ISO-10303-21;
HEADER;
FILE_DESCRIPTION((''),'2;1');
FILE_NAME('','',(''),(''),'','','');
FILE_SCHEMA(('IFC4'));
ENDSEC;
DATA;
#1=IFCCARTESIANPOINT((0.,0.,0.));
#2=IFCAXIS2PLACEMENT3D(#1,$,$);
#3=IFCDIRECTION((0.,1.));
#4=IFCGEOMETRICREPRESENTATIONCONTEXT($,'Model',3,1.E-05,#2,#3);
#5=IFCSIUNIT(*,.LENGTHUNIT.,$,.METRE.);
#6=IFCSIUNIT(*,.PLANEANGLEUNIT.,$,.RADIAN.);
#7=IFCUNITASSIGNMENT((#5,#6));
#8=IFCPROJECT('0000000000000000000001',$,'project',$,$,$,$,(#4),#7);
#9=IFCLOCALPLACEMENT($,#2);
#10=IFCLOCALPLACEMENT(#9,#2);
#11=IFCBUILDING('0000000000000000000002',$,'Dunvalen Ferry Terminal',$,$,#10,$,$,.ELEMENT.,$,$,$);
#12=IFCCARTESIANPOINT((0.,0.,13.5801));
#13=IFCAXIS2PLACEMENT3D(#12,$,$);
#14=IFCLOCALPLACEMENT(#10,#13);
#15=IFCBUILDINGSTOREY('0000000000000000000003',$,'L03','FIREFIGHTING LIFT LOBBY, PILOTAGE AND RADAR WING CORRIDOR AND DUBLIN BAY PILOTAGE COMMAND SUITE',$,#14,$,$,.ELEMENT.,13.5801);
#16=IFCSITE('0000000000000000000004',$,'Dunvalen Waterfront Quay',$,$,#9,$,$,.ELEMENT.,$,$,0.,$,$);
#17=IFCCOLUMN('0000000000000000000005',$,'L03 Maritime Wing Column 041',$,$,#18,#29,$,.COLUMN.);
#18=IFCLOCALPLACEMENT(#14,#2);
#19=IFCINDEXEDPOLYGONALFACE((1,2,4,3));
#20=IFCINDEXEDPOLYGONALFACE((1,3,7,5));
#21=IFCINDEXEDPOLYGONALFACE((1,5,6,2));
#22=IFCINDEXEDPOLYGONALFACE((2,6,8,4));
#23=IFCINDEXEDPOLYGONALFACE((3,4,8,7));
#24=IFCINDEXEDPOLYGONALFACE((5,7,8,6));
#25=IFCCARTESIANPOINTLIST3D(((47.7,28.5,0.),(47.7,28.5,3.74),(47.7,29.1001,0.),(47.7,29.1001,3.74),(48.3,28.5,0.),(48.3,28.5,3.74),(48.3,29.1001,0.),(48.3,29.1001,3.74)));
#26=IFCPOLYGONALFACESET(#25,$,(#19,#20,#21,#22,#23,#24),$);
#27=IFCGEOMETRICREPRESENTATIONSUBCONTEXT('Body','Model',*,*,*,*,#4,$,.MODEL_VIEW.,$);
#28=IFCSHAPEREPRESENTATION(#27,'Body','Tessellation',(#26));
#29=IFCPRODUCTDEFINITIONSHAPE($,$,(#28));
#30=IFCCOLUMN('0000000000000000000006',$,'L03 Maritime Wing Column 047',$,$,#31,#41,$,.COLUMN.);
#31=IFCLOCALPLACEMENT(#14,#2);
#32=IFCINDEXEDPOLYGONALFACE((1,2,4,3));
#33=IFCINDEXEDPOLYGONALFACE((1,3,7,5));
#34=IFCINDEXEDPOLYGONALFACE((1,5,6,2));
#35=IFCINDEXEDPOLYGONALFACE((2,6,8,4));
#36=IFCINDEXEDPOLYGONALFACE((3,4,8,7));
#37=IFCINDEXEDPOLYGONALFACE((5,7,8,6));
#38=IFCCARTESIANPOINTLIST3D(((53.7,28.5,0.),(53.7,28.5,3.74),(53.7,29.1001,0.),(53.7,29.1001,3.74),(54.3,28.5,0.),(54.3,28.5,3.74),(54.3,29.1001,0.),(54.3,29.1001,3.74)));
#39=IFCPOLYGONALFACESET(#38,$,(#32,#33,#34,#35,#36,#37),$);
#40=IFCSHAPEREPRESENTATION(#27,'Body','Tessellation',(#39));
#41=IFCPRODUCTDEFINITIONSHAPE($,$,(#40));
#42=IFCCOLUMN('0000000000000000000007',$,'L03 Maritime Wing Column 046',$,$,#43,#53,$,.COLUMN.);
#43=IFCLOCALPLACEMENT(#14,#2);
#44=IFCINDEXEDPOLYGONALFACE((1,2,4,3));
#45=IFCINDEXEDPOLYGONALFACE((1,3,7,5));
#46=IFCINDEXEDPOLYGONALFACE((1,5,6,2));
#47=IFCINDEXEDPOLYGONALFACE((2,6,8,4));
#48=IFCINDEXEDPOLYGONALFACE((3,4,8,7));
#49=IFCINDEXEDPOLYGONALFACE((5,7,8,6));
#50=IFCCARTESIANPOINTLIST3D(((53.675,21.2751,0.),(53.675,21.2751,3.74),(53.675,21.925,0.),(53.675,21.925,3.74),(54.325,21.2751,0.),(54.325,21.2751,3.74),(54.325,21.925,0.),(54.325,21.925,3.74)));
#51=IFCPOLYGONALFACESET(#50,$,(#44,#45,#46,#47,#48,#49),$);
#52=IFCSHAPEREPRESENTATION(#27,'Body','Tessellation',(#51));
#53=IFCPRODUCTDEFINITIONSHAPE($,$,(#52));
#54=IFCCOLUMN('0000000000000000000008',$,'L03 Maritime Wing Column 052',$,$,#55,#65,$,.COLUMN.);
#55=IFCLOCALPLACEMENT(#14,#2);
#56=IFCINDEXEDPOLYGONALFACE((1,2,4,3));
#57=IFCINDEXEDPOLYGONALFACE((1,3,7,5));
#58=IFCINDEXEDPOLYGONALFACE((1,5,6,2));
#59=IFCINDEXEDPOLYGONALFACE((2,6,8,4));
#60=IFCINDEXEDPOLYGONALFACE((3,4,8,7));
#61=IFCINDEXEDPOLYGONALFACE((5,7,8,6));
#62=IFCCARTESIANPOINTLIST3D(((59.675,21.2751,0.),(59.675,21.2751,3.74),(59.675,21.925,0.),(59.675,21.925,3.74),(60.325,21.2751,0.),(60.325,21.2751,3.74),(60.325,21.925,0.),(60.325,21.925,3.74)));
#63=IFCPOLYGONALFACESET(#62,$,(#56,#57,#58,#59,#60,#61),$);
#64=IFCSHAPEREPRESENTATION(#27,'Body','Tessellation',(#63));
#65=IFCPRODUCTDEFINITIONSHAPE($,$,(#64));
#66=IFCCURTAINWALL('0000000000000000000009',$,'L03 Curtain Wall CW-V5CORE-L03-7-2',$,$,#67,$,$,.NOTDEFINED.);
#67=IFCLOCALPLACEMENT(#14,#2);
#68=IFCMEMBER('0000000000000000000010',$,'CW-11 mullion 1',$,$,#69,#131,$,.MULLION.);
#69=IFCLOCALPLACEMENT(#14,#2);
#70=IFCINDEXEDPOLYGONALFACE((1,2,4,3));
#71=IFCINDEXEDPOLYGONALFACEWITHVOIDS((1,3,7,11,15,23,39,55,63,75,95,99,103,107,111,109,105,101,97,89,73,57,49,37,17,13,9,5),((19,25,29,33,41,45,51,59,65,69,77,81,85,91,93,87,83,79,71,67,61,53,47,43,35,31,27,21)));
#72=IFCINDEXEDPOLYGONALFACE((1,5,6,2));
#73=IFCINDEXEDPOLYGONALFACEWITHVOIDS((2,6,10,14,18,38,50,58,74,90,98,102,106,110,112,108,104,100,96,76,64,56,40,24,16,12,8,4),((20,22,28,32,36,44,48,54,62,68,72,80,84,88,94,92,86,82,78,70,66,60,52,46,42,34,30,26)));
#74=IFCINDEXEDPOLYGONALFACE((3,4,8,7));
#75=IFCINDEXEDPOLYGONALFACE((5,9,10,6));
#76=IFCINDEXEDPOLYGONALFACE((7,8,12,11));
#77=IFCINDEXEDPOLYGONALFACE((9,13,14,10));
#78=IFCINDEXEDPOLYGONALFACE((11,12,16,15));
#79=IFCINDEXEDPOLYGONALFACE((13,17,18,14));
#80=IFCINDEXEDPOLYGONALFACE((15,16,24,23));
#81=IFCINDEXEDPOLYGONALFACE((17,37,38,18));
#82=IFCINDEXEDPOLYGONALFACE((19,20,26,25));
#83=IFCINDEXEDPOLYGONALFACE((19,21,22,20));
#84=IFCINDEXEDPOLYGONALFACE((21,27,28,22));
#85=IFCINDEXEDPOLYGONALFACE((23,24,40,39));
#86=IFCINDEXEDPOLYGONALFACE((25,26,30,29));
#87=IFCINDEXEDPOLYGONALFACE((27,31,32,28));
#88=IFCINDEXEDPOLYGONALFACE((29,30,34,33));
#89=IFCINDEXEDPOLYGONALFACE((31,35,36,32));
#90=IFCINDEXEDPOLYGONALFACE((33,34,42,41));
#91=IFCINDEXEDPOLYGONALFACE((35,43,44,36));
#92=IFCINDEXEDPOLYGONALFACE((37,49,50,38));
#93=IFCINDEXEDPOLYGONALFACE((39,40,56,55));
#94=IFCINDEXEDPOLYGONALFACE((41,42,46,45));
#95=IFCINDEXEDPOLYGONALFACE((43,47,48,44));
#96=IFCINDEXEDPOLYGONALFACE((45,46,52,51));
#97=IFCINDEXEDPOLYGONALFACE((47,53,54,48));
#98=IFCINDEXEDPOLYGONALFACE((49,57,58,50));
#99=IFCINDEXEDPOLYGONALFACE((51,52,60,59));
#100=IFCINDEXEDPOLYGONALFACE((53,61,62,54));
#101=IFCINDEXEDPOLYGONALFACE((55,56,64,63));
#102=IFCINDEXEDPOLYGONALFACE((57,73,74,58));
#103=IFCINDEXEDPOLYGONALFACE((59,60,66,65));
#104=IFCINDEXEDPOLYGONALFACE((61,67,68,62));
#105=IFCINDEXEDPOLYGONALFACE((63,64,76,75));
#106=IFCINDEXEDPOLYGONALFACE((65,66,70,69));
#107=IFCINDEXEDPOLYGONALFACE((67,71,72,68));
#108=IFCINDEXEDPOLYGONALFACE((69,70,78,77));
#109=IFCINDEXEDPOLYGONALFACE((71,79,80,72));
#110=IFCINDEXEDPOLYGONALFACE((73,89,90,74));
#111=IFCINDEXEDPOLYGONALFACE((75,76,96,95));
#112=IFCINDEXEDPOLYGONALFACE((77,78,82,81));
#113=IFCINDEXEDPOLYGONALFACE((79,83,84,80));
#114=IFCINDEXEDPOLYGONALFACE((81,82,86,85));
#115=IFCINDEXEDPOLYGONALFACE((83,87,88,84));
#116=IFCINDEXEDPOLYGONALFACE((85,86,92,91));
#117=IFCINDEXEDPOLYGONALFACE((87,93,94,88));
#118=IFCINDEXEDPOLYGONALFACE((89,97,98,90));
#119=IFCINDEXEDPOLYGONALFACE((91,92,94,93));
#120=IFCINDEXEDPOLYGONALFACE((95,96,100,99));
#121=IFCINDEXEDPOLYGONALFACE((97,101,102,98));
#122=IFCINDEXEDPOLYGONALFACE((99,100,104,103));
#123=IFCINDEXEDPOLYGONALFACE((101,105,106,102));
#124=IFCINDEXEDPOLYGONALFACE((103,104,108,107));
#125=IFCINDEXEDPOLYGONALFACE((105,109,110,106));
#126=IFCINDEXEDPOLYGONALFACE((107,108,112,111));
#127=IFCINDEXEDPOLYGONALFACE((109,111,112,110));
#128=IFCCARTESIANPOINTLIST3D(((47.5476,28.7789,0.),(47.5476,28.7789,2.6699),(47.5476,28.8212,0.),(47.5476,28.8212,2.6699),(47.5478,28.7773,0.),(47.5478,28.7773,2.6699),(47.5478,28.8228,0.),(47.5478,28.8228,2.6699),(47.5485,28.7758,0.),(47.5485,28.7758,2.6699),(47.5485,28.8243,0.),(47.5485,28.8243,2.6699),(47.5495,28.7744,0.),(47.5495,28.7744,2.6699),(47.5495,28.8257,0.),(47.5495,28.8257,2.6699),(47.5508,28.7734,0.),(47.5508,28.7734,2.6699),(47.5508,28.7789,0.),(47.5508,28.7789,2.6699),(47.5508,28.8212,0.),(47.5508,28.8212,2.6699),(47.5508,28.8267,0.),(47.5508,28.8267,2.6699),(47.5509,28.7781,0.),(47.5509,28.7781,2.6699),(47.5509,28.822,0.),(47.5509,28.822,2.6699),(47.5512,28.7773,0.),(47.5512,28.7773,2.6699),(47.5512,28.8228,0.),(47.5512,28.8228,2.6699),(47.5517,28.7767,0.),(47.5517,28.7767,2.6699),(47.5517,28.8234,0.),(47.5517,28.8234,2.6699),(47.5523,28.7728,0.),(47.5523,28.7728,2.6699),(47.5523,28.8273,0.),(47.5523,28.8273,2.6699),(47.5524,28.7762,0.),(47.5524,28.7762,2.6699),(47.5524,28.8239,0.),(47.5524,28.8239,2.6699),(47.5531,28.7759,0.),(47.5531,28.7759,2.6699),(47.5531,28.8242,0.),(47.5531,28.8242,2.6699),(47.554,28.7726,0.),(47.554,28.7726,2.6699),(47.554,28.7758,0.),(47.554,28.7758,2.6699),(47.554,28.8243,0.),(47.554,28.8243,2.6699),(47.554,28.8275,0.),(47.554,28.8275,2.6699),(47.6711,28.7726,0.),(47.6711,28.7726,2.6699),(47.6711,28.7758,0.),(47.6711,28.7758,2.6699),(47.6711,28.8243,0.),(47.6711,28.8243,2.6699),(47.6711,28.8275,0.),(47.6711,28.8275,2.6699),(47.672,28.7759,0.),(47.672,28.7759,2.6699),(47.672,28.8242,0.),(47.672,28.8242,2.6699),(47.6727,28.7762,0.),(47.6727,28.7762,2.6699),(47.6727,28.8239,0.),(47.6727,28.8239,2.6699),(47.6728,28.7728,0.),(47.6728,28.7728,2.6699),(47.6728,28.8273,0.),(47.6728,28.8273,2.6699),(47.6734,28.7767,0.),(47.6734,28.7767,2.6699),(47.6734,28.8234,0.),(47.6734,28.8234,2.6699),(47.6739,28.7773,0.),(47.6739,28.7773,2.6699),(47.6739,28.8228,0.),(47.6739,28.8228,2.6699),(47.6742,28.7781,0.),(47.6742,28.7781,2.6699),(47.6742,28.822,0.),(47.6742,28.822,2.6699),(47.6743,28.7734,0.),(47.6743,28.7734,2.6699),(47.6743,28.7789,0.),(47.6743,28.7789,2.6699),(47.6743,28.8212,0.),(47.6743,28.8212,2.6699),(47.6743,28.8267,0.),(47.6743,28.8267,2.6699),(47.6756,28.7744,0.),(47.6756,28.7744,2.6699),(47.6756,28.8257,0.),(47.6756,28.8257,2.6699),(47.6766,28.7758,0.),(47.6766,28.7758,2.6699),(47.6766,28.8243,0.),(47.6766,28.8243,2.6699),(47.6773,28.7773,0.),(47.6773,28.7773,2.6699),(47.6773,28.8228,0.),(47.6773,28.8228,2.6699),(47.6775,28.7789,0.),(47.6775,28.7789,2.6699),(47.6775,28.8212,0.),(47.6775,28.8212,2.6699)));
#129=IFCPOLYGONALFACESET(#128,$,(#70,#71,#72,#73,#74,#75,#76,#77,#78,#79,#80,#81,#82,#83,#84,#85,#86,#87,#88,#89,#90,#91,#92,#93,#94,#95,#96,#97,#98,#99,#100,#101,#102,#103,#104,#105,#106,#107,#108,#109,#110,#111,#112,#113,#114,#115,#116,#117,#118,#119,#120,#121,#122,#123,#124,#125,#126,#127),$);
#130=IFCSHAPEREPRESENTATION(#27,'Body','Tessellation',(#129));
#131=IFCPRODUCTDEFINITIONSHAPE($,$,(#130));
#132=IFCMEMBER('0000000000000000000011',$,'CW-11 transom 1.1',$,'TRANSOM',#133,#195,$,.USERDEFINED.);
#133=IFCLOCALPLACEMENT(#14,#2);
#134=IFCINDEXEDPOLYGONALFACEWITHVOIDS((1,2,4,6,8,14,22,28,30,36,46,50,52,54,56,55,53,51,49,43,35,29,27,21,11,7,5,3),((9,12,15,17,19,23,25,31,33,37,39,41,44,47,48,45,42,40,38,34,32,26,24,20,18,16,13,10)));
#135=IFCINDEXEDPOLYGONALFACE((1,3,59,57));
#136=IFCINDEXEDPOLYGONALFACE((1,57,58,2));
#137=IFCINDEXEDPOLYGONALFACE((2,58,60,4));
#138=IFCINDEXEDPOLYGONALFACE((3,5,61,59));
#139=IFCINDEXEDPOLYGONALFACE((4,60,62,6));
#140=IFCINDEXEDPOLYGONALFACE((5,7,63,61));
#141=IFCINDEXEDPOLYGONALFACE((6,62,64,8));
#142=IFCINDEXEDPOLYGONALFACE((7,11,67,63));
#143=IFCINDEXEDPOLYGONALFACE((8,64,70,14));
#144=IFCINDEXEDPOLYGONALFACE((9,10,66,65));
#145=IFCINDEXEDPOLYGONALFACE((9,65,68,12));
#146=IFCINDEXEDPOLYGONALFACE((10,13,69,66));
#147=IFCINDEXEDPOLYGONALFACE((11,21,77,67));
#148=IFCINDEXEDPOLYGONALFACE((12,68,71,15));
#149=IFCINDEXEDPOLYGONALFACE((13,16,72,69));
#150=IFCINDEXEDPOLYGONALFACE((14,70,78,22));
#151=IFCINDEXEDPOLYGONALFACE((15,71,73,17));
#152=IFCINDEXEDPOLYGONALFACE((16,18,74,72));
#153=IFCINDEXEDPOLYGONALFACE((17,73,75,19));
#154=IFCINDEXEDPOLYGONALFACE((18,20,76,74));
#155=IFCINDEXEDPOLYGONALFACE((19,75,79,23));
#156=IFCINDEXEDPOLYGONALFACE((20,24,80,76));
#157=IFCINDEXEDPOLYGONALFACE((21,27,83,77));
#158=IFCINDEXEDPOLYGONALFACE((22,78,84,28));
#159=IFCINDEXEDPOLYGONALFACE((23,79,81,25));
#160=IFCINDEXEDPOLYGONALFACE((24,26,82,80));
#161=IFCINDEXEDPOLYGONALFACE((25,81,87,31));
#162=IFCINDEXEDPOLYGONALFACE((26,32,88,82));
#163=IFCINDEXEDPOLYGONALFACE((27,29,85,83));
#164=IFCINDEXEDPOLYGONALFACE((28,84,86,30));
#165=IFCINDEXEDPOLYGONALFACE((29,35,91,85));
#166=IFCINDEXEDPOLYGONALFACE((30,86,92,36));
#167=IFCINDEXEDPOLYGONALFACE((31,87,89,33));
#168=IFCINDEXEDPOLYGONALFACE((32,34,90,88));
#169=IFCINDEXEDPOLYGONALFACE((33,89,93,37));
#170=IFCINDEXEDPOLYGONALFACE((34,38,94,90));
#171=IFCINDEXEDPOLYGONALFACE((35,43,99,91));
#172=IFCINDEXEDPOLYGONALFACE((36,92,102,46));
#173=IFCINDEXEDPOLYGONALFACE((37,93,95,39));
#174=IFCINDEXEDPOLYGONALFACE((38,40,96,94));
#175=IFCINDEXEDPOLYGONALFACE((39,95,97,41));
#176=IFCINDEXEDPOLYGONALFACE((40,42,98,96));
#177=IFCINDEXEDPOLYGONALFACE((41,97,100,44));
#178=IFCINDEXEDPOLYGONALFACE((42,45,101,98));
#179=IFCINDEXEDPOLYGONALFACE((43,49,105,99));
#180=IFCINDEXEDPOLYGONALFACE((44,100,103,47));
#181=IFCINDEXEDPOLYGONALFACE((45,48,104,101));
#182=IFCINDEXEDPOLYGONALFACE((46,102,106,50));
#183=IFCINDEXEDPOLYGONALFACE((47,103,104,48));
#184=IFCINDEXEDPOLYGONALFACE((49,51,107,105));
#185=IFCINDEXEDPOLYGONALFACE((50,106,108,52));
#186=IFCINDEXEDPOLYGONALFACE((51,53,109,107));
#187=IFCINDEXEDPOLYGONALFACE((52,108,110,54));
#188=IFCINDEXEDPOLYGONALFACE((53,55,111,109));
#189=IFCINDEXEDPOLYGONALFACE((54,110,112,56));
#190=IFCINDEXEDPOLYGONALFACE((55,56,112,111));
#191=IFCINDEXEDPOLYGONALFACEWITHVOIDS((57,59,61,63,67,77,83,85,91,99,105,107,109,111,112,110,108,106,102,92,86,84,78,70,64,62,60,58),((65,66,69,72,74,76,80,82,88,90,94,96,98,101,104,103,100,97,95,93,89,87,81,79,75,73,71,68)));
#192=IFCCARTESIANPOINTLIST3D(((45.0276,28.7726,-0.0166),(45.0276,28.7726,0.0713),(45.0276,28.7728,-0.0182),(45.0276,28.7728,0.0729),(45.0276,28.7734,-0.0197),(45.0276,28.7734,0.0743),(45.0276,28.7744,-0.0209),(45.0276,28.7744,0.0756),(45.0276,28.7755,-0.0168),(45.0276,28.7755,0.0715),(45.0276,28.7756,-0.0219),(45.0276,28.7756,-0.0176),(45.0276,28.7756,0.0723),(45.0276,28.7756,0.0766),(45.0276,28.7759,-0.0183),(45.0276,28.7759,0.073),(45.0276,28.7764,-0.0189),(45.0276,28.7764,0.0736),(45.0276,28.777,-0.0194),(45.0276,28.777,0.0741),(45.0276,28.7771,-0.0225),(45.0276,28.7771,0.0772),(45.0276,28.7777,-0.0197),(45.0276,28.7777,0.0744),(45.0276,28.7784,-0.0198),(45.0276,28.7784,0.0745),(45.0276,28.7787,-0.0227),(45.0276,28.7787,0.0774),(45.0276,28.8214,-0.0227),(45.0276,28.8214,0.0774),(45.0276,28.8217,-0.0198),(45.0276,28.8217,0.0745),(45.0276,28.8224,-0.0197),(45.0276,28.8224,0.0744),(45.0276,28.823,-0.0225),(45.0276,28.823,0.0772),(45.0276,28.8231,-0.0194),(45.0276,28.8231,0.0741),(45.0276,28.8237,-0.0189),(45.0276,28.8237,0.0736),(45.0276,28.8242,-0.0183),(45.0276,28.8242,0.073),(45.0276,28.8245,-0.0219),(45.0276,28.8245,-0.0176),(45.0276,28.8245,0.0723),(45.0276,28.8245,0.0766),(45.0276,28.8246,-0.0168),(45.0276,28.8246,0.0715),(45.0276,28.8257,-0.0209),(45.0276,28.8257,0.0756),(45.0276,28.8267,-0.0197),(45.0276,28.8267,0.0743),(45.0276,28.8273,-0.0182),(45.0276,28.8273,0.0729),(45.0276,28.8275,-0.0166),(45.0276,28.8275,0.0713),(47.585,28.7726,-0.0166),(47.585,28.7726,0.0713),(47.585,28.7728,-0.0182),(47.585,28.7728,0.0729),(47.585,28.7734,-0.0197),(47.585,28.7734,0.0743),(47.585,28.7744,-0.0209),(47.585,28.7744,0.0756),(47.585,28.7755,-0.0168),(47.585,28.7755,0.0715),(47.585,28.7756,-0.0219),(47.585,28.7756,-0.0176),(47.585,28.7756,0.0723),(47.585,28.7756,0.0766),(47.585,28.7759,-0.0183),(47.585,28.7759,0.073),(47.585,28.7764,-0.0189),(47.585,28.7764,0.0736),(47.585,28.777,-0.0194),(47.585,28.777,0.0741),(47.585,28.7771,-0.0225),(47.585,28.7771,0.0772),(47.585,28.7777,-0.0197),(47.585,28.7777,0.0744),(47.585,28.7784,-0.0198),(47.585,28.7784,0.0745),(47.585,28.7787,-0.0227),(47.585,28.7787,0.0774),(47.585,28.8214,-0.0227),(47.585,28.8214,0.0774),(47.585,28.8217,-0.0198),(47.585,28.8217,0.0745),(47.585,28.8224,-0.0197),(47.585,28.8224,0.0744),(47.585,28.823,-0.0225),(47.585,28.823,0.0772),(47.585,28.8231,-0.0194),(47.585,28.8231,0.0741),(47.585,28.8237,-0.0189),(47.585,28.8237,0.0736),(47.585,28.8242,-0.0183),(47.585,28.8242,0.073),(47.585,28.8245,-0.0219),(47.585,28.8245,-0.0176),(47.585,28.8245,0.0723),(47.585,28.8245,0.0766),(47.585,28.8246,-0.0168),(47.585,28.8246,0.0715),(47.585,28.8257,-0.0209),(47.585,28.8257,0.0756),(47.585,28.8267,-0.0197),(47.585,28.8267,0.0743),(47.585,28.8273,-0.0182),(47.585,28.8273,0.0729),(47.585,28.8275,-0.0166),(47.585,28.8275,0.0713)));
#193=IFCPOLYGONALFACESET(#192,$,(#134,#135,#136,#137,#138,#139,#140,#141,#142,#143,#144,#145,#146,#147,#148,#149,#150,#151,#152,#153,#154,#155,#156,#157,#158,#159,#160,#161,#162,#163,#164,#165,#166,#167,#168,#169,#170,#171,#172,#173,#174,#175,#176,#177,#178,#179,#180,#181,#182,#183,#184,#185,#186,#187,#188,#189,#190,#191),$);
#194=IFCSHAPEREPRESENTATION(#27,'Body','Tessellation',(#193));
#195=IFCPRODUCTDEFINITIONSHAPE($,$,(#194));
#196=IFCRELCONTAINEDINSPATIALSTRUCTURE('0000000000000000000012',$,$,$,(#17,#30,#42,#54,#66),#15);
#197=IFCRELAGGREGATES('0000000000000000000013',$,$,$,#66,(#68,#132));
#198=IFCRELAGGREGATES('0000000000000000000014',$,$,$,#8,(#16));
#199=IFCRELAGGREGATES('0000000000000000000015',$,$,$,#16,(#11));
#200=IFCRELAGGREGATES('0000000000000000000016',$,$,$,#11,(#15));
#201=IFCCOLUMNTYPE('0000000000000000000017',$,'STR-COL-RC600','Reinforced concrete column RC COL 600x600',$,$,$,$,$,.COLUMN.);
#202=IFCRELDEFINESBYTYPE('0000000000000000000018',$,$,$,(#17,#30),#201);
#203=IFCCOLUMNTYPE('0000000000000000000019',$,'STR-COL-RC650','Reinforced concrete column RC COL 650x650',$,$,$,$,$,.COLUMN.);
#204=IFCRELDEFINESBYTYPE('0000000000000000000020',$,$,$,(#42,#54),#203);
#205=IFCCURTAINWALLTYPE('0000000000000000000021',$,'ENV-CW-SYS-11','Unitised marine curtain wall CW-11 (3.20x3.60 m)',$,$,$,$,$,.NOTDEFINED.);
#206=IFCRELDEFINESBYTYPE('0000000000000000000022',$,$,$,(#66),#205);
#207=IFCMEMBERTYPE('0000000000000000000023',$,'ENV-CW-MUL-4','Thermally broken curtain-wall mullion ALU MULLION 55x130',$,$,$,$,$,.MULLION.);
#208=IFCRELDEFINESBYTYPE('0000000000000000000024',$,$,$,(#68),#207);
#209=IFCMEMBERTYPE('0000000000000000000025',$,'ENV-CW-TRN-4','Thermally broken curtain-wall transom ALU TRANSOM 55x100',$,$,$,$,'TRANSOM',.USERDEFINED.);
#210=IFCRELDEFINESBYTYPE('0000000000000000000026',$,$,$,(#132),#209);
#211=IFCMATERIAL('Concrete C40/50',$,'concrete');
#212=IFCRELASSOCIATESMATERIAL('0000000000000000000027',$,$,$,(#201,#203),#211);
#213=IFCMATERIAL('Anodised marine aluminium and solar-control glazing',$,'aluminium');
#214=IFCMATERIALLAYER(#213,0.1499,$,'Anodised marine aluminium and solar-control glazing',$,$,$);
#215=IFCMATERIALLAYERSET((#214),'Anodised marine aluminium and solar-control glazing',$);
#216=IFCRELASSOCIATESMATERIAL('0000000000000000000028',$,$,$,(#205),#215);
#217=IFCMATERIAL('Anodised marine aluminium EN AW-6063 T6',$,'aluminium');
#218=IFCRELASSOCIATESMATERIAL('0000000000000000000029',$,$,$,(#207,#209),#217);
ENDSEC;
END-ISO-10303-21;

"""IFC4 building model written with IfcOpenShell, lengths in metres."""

from ifc_helpers import new_model, si_unit, direction, frame, origin, origin_2d, place, context, subcontext, project, spatial, rectangle, hollow_rectangle, extrude, material, layer, layer_set, material_profile, profile_set, type_object, element, aggregate, save


model = new_model("IFC4")

# Units and contexts
model_context = context("Model", 3, precision=1e-05, world=origin(), true_north=direction((0.0, 1.0)))
body_context = subcontext(model_context, "Body", "Model", "MODEL_VIEW")
ifc_project = project(units=[si_unit("LENGTHUNIT", "METRE"), si_unit("PLANEANGLEUNIT", "RADIAN")], contexts=[model_context])

# Site, building, storey
site_placement = place(None, origin())
site = spatial("IfcSite", under=ifc_project, at=site_placement, Name="Dunvalen Waterfront Quay", CompositionType="ELEMENT", RefElevation=0.0)
building_placement = place(site_placement, origin())
building = spatial("IfcBuilding", under=site, at=building_placement, Name="Dunvalen Ferry Terminal", CompositionType="ELEMENT")
storey_placement = place(building_placement, frame((0.0, 0.0, 13.5801)))
storey = spatial("IfcBuildingStorey", under=building, at=storey_placement, Name="L03", Description="FIREFIGHTING LIFT LOBBY, PILOTAGE AND RADAR WING CORRIDOR AND DUBLIN BAY PILOTAGE COMMAND SUITE", CompositionType="ELEMENT", Elevation=13.5801)

# Columns
ifc_material_1 = material(Name="Concrete C40/50", Category="concrete")
ifc_material_profile_1 = material_profile(ifc_material_1, rectangle(XDim=0.6001, YDim=0.6001, at=origin_2d()), Name="Concrete C40/50")
ifc_profile_set_1 = profile_set([ifc_material_profile_1], Name="Concrete C40/50")
column_type_1 = type_object("IfcColumnType", Name="STR-COL-RC600", Description="Reinforced concrete column RC COL 600x600", PredefinedType="COLUMN", material=ifc_profile_set_1)
for number, where, z_axis, x_axis, name in (
    (1, (48.0, 28.8, 0.0), (0.0, 0.0, 1.0), (1.0, 0.0, 0.0), "L03 Maritime Wing Column 041"),
    (2, (54.0, 28.8, 0.0), (0.0, 0.0, 1.0), (1.0, 0.0, 0.0), "L03 Maritime Wing Column 047"),
):
    element("IfcColumn", number, at=place(storey_placement, frame(where, z_axis=z_axis, x_axis=x_axis)), inside=storey, type_object=column_type_1, Name=name, PredefinedType="COLUMN", context=body_context, shape_type="SweptSolid", body=[
        extrude(rectangle(XDim=0.6001, YDim=0.6001, at=origin_2d()), origin(), (0.0, 0.0, 1.0), 3.74),
    ])
ifc_material_profile_2 = material_profile(ifc_material_1, rectangle(XDim=0.6499, YDim=0.6499, at=origin_2d()), Name="Concrete C40/50")
ifc_profile_set_2 = profile_set([ifc_material_profile_2], Name="Concrete C40/50")
column_type_2 = type_object("IfcColumnType", Name="STR-COL-RC650", Description="Reinforced concrete column RC COL 650x650", PredefinedType="COLUMN", material=ifc_profile_set_2)
for number, where, z_axis, x_axis, name in (
    (3, (54.0, 21.6001, 0.0), (0.0, 0.0, 1.0), (1.0, 0.0, 0.0), "L03 Maritime Wing Column 046"),
    (4, (60.0, 21.6001, 0.0), (0.0, 0.0, 1.0), (1.0, 0.0, 0.0), "L03 Maritime Wing Column 052"),
):
    element("IfcColumn", number, at=place(storey_placement, frame(where, z_axis=z_axis, x_axis=x_axis)), inside=storey, type_object=column_type_2, Name=name, PredefinedType="COLUMN", context=body_context, shape_type="SweptSolid", body=[
        extrude(rectangle(XDim=0.6499, YDim=0.6499, at=origin_2d()), origin(), (0.0, 0.0, 1.0), 3.74),
    ])

# Curtain wall, members
ifc_material_2 = material(Name="Anodised marine aluminium and solar-control glazing", Category="aluminium")
ifc_layer_1 = layer(ifc_material_2, 0.1499, Name="Anodised marine aluminium and solar-control glazing")
ifc_layer_set_1 = layer_set([ifc_layer_1], Name="Anodised marine aluminium and solar-control glazing")
curtain_wall_type = type_object("IfcCurtainWallType", Name="ENV-CW-SYS-11", Description="Unitised marine curtain wall CW-11 (3.20x3.60 m)", PredefinedType="NOTDEFINED", material=ifc_layer_set_1)
curtain_wall_placement = place(storey_placement, origin())
curtain_wall = element("IfcCurtainWall", 5, at=curtain_wall_placement, inside=storey, type_object=curtain_wall_type, Name="L03 Curtain Wall CW-V5CORE-L03-7-2", PredefinedType="NOTDEFINED")
ifc_material_3 = material(Name="Anodised marine aluminium EN AW-6063 T6", Category="aluminium")
ifc_material_profile_3 = material_profile(ifc_material_3, hollow_rectangle(XDim=0.0549, YDim=0.1299, WallThickness=0.0032, InnerFilletRadius=0.0032, OuterFilletRadius=0.0063, at=origin_2d()), Name="Anodised marine aluminium EN AW-6063 T6")
ifc_profile_set_3 = profile_set([ifc_material_profile_3], Name="Anodised marine aluminium EN AW-6063 T6")
member_type_1 = type_object("IfcMemberType", Name="ENV-CW-MUL-4", Description="Thermally broken curtain-wall mullion ALU MULLION 55x130", PredefinedType="MULLION", material=ifc_profile_set_3)
member_1_placement = place(storey_placement, frame((47.6125, 28.8, 0.0), z_axis=(0.0, 0.0, 1.0), x_axis=(0.0, -1.0, 0.0)))
member_1 = element("IfcMember", 6, at=member_1_placement, type_object=member_type_1, Name="CW-11 mullion 1", PredefinedType="MULLION", context=body_context, shape_type="SweptSolid", body=[
    extrude(hollow_rectangle(XDim=0.0549, YDim=0.1299, WallThickness=0.0032, InnerFilletRadius=0.0032, OuterFilletRadius=0.0063, at=origin_2d()), origin(), (0.0, 0.0, 1.0), 2.6699),
])
ifc_material_profile_4 = material_profile(ifc_material_3, hollow_rectangle(XDim=0.0549, YDim=0.1001, WallThickness=0.0029, InnerFilletRadius=0.0029, OuterFilletRadius=0.0061, at=origin_2d()), Name="Anodised marine aluminium EN AW-6063 T6")
ifc_profile_set_4 = profile_set([ifc_material_profile_4], Name="Anodised marine aluminium EN AW-6063 T6")
member_type_2 = type_object("IfcMemberType", Name="ENV-CW-TRN-4", Description="Thermally broken curtain-wall transom ALU TRANSOM 55x100", ElementType="TRANSOM", PredefinedType="USERDEFINED", material=ifc_profile_set_4)
member_2_placement = place(storey_placement, frame((47.585, 28.8, 0.0273), z_axis=(-1.0, 0.0, 0.0), x_axis=(0.0, -1.0, 0.0)))
member_2 = element("IfcMember", 7, at=member_2_placement, type_object=member_type_2, Name="CW-11 transom 1.1", ObjectType="TRANSOM", PredefinedType="USERDEFINED", context=body_context, shape_type="SweptSolid", body=[
    extrude(hollow_rectangle(XDim=0.0549, YDim=0.1001, WallThickness=0.0029, InnerFilletRadius=0.0029, OuterFilletRadius=0.0061, at=origin_2d()), origin(), (0.0, 0.0, 1.0), 2.5574),
])

aggregate(curtain_wall, [member_1, member_2])

save(model, "model.ifc")
